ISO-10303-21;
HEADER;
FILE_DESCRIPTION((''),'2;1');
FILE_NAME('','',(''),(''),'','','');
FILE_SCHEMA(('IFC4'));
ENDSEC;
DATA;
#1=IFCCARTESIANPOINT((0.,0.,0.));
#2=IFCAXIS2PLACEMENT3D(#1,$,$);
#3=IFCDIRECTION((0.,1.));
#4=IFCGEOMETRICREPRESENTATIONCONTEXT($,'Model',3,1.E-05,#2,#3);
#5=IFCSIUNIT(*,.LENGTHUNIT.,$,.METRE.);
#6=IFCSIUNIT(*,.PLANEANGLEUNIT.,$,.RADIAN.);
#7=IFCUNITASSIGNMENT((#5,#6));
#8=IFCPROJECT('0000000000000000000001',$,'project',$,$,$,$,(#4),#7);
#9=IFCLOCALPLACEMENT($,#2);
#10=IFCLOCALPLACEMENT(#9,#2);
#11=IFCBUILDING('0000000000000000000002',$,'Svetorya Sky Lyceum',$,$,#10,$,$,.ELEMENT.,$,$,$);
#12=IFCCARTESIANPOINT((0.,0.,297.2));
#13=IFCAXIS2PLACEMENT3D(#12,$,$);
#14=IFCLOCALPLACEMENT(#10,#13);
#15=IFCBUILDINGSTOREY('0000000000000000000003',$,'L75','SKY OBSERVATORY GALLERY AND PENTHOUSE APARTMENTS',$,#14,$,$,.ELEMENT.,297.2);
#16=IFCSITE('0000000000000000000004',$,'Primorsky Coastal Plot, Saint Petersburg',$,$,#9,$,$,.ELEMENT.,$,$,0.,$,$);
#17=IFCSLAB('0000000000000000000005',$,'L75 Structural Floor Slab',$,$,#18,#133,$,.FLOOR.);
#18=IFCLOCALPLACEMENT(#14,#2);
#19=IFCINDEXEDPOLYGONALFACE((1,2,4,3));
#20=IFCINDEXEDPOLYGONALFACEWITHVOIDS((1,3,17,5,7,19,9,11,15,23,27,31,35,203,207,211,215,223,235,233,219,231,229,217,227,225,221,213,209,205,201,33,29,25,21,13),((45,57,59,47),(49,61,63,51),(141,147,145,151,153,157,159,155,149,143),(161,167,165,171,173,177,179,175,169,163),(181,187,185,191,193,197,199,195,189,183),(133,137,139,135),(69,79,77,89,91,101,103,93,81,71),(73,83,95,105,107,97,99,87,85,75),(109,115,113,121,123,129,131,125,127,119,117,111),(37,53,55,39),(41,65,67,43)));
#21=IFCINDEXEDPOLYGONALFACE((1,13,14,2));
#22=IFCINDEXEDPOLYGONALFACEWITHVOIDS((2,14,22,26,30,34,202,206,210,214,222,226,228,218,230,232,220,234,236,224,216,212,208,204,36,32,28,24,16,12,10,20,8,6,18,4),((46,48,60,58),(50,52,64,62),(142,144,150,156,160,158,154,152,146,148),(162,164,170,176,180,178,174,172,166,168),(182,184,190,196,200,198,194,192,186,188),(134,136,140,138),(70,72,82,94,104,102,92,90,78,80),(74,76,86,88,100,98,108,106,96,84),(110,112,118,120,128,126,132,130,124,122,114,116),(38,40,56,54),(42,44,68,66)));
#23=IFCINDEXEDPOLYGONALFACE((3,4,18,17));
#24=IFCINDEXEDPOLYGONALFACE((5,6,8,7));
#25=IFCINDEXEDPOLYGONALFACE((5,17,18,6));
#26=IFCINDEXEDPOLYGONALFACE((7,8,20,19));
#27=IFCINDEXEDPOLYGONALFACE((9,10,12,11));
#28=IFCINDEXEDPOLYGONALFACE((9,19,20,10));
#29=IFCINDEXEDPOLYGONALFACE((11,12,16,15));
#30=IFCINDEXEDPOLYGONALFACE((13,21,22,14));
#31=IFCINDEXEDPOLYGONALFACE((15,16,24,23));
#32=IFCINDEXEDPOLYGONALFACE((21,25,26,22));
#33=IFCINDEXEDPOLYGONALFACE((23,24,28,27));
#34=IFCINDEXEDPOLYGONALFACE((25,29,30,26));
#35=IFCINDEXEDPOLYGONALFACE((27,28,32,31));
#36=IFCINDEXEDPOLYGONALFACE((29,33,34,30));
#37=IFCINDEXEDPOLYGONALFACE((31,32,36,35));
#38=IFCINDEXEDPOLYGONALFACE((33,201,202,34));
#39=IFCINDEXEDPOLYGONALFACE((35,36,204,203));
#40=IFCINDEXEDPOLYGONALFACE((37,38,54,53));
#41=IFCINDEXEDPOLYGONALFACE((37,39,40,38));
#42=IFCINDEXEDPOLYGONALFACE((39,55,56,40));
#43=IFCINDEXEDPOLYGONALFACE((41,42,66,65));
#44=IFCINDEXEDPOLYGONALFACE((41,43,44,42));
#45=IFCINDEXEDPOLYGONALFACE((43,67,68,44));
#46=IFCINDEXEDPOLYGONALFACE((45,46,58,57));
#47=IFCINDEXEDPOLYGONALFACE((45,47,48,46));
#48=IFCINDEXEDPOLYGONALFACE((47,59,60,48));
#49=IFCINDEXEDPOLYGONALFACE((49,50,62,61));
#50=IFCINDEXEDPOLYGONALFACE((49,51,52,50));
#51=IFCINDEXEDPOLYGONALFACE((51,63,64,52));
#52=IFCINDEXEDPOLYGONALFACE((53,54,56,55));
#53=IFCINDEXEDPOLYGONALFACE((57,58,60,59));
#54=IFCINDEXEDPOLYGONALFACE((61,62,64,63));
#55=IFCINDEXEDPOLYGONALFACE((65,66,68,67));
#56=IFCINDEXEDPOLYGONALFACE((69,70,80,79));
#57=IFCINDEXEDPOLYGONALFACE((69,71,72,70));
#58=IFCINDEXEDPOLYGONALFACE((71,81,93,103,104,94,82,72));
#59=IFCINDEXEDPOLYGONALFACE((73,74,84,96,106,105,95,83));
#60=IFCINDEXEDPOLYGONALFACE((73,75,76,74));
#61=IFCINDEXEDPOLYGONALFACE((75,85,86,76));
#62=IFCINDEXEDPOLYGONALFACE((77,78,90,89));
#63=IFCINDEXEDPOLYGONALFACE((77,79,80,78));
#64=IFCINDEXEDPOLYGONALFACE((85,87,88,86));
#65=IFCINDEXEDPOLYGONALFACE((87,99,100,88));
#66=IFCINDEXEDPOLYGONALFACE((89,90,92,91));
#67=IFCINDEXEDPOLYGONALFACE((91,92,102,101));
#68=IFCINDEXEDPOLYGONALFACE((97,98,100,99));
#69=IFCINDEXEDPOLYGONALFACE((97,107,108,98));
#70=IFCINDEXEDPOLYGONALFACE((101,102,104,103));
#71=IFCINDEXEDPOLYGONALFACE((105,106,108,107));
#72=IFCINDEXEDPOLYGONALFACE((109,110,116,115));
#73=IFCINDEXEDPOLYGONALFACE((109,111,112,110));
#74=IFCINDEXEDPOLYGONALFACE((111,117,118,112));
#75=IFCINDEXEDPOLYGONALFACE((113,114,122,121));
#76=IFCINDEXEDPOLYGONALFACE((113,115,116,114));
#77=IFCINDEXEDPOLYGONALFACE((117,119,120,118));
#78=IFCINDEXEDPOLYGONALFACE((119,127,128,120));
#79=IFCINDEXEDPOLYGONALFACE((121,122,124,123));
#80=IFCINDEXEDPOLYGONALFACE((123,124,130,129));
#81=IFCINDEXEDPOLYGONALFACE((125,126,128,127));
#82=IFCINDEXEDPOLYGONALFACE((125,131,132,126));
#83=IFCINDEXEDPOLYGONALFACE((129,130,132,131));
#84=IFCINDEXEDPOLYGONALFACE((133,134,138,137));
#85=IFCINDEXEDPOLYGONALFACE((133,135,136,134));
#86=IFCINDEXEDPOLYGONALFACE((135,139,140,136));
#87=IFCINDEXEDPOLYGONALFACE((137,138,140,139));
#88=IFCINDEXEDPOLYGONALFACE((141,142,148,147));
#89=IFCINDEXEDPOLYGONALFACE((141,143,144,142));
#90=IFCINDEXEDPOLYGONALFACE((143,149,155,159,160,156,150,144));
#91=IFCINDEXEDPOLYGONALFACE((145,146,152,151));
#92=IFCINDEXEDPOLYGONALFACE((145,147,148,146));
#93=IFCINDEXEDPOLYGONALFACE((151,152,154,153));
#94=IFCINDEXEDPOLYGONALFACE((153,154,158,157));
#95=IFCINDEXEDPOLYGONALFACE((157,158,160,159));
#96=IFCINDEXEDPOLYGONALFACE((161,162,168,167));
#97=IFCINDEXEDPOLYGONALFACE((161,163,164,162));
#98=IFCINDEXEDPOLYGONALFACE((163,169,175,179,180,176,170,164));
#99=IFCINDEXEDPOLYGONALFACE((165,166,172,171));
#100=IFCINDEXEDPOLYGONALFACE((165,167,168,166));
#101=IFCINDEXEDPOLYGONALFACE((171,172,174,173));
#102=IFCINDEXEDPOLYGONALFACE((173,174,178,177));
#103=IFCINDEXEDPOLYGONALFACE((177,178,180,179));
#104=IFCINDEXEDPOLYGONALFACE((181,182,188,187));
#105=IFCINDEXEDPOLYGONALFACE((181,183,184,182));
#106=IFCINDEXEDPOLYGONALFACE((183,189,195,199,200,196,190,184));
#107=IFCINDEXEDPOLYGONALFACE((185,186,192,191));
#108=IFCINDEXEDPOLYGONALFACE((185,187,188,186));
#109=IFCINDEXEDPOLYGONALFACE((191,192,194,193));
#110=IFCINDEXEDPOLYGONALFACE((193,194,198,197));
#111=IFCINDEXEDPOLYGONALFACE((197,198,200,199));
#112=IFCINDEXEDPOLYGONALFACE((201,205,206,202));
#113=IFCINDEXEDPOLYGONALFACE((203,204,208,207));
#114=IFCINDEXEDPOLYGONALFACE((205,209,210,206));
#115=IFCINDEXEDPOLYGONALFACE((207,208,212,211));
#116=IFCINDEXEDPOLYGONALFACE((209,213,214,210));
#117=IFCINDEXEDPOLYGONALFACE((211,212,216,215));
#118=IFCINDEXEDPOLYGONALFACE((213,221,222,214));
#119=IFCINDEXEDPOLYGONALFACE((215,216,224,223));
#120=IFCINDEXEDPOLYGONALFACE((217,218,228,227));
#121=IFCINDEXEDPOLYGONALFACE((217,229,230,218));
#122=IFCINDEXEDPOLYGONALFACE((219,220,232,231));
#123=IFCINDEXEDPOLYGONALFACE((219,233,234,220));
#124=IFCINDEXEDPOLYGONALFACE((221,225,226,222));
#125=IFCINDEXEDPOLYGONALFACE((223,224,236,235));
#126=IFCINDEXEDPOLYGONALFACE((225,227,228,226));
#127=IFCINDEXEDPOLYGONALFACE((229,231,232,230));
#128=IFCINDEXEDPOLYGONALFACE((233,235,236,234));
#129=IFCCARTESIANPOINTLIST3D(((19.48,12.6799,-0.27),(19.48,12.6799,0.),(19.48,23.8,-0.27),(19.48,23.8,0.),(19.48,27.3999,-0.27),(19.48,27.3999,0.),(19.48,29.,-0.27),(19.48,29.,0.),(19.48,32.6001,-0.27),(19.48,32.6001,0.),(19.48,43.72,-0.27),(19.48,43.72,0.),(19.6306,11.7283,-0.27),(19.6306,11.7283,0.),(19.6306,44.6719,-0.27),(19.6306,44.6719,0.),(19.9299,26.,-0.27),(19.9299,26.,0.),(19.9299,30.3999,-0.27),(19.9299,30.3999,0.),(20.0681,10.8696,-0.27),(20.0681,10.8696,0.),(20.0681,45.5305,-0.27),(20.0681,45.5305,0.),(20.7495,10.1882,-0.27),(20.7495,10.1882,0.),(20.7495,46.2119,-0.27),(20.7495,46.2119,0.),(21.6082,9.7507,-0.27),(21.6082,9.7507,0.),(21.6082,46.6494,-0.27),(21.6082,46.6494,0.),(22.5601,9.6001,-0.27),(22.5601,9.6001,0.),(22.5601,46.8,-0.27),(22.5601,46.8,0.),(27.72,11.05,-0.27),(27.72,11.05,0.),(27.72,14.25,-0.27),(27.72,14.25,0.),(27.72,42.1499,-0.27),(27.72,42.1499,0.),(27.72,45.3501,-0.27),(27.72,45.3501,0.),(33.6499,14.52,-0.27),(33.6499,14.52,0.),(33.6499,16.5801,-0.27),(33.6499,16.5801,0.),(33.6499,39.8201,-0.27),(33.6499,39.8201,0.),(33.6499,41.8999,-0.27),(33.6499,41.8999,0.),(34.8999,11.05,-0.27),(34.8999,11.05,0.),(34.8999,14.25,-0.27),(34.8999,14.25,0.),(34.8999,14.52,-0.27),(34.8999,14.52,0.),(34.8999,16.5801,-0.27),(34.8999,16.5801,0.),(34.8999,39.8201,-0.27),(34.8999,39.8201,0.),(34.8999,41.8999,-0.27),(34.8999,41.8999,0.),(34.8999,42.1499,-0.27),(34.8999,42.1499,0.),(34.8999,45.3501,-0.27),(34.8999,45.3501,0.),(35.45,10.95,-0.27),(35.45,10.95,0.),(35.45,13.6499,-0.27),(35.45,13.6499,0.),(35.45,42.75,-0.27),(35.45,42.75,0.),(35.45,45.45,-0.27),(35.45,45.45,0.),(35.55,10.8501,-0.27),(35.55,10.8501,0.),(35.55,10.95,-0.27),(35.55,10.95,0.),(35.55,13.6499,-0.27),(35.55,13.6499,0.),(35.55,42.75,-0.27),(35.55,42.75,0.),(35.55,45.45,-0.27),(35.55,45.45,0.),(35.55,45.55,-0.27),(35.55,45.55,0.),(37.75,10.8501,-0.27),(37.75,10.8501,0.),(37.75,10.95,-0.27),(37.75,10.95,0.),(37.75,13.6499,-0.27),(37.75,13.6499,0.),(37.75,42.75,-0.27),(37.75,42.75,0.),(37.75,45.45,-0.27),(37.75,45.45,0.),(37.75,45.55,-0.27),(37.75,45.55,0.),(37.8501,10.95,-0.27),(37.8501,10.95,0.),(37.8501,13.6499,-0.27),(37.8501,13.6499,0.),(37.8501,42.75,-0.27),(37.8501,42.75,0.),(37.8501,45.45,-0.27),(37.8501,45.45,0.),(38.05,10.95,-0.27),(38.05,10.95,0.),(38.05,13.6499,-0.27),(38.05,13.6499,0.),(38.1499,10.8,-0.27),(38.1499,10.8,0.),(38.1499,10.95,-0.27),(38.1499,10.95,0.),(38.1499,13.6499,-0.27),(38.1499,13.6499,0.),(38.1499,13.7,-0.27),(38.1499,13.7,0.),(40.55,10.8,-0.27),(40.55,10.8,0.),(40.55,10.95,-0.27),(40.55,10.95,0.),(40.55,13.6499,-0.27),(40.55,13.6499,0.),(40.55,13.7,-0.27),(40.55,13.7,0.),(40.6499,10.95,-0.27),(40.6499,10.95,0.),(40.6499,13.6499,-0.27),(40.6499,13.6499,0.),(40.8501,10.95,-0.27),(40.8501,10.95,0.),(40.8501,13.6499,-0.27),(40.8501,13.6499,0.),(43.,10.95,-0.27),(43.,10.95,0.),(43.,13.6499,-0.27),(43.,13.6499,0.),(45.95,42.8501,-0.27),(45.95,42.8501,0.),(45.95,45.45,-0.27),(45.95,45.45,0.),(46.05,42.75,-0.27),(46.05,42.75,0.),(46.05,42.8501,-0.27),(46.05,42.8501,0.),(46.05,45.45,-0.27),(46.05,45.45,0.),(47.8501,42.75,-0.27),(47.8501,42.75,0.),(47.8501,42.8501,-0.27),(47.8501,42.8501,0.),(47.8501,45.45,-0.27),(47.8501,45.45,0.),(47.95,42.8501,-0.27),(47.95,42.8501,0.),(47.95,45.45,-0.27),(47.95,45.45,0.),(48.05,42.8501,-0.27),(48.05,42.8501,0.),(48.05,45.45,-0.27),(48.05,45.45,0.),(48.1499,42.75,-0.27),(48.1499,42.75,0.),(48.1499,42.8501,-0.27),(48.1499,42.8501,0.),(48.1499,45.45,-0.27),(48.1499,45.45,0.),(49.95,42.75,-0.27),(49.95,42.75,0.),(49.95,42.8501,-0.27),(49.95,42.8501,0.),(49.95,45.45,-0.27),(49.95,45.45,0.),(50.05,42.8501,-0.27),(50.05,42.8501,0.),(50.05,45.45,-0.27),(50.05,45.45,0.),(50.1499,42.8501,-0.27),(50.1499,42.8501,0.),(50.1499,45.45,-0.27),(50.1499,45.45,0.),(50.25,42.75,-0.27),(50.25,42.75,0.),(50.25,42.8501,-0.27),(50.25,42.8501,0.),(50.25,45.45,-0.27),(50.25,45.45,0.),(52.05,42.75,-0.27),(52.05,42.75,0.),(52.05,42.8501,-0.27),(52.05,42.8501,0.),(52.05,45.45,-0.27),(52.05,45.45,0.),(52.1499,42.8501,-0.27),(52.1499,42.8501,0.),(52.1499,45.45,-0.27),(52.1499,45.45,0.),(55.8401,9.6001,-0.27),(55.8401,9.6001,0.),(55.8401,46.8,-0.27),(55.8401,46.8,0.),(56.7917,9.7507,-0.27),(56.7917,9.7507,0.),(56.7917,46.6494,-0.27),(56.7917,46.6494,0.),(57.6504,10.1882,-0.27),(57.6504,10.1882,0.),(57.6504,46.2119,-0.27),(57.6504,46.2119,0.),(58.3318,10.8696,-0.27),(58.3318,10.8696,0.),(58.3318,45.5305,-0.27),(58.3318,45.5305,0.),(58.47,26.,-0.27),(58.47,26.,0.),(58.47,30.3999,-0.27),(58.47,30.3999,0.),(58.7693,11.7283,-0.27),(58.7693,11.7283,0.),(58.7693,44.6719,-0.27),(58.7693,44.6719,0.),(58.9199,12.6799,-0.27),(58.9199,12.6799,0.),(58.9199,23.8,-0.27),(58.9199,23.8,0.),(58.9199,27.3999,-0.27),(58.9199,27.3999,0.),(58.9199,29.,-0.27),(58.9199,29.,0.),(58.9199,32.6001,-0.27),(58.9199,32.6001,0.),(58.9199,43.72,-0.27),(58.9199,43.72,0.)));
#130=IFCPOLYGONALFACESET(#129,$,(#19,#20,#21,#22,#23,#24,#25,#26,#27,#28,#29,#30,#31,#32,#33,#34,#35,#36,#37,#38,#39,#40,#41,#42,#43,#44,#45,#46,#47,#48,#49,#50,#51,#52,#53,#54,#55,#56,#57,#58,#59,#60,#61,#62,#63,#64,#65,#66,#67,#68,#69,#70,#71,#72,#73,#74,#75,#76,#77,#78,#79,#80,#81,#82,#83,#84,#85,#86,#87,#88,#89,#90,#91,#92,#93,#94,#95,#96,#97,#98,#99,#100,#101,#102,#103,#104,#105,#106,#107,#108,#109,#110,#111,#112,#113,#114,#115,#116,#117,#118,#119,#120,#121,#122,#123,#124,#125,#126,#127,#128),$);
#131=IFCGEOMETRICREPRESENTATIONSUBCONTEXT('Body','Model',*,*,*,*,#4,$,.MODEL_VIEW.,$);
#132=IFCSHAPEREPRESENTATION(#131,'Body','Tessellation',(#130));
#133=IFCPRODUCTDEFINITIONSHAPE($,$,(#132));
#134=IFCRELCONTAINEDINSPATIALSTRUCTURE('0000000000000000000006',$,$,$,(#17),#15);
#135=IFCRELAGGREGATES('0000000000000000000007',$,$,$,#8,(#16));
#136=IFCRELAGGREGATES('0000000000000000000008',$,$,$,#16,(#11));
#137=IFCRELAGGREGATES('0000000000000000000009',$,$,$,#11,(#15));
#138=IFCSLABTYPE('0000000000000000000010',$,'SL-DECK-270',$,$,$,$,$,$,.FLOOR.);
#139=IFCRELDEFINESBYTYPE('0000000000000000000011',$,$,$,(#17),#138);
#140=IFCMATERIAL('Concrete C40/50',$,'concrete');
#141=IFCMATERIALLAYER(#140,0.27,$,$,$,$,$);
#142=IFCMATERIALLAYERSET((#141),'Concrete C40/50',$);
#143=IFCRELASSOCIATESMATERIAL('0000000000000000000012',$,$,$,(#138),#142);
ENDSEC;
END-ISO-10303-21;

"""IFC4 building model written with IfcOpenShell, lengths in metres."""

from ifc_helpers import new_model, si_unit, direction, frame, origin, place, context, subcontext, project, spatial, polyline, outline, extrude, material, layer, layer_set, type_object, element, save


model = new_model("IFC4")

# Units and contexts
model_context = context("Model", 3, precision=1e-05, world=origin(), true_north=direction((0.0, 1.0)))
body_context = subcontext(model_context, "Body", "Model", "MODEL_VIEW")
ifc_project = project(units=[si_unit("LENGTHUNIT", "METRE"), si_unit("PLANEANGLEUNIT", "RADIAN")], contexts=[model_context])

# Site, building, storey
site_placement = place(None, origin())
site = spatial("IfcSite", under=ifc_project, at=site_placement, Name="Primorsky Coastal Plot, Saint Petersburg", CompositionType="ELEMENT", RefElevation=0.0)
building_placement = place(site_placement, origin())
building = spatial("IfcBuilding", under=site, at=building_placement, Name="Svetorya Sky Lyceum", CompositionType="ELEMENT")
storey_placement = place(building_placement, frame((0.0, 0.0, 297.2)))
storey = spatial("IfcBuildingStorey", under=building, at=storey_placement, Name="L75", Description="SKY OBSERVATORY GALLERY AND PENTHOUSE APARTMENTS", CompositionType="ELEMENT", Elevation=297.2)

# Shared definitions
ifc_material_1 = material(Name="Concrete C40/50", Category="concrete")

# Slab
ifc_layer_1 = layer(ifc_material_1, 0.27)
ifc_layer_set_1 = layer_set([ifc_layer_1], Name="Concrete C40/50")
slab_type_1 = type_object("IfcSlabType", Name="SL-DECK-270", PredefinedType="FLOOR", material=ifc_layer_set_1)
slab_1_placement = place(storey_placement, frame((0.0, 0.0, -0.27)))
element("IfcSlab", 1, at=slab_1_placement, inside=storey, type_object=slab_type_1, Name="L75 Structural Floor Slab", PredefinedType="FLOOR", context=body_context, shape_type="SweptSolid", body=[
    extrude(outline(polyline([(19.48, 12.6799), (19.6306, 11.7283), (20.0681, 10.8696), (20.7495, 10.1882), (21.6082, 9.7507), (22.5601, 9.6001), (55.8401, 9.6001), (56.7917, 9.7507), (57.6504, 10.1882), (58.3318, 10.8696), (58.7693, 11.7283), (58.9199, 12.6799), (58.9199, 23.8), (58.47, 26.0), (58.9199, 27.3999), (58.9199, 29.0), (58.47, 30.3999), (58.9199, 32.6001), (58.9199, 43.72), (58.7693, 44.6719), (58.3318, 45.5305), (57.6504, 46.2119), (56.7917, 46.6494), (55.8401, 46.8), (22.5601, 46.8), (21.6082, 46.6494), (20.7495, 46.2119), (20.0681, 45.5305), (19.6306, 44.6719), (19.48, 43.72), (19.48, 32.6001), (19.9299, 30.3999), (19.48, 29.0), (19.48, 27.3999), (19.9299, 26.0), (19.48, 23.8), (19.48, 12.6799)]), holes=[polyline([(37.8501, 10.95), (37.75, 10.95), (37.75, 10.8501), (35.55, 10.8501), (35.55, 10.95), (35.45, 10.95), (35.45, 13.6499), (35.55, 13.6499), (37.75, 13.6499), (37.8501, 13.6499), (37.8501, 10.95)]), polyline([(38.1499, 10.8), (38.1499, 10.95), (38.05, 10.95), (38.05, 13.6499), (38.1499, 13.6499), (38.1499, 13.7), (40.55, 13.7), (40.55, 13.6499), (40.6499, 13.6499), (40.6499, 10.95), (40.55, 10.95), (40.55, 10.8), (38.1499, 10.8)]), polyline([(27.72, 11.05), (27.72, 14.25), (34.8999, 14.25), (34.8999, 11.05), (27.72, 11.05)]), polyline([(33.6499, 14.52), (33.6499, 16.5801), (34.8999, 16.5801), (34.8999, 14.52), (33.6499, 14.52)]), polyline([(33.6499, 39.8201), (33.6499, 41.8999), (34.8999, 41.8999), (34.8999, 39.8201), (33.6499, 39.8201)]), polyline([(27.72, 42.1499), (27.72, 45.3501), (34.8999, 45.3501), (34.8999, 42.1499), (27.72, 42.1499)]), polyline([(37.75, 42.75), (35.55, 42.75), (35.45, 42.75), (35.45, 45.45), (35.55, 45.45), (35.55, 45.55), (37.75, 45.55), (37.75, 45.45), (37.8501, 45.45), (37.8501, 42.75), (37.75, 42.75)]), polyline([(40.8501, 10.95), (40.8501, 13.6499), (43.0, 13.6499), (43.0, 10.95), (40.8501, 10.95)]), polyline([(46.05, 42.75), (46.05, 42.8501), (45.95, 42.8501), (45.95, 45.45), (46.05, 45.45), (47.8501, 45.45), (47.95, 45.45), (47.95, 42.8501), (47.8501, 42.8501), (47.8501, 42.75), (46.05, 42.75)]), polyline([(50.05, 42.8501), (49.95, 42.8501), (49.95, 42.75), (48.1499, 42.75), (48.1499, 42.8501), (48.05, 42.8501), (48.05, 45.45), (48.1499, 45.45), (49.95, 45.45), (50.05, 45.45), (50.05, 42.8501)]), polyline([(52.1499, 42.8501), (52.05, 42.8501), (52.05, 42.75), (50.25, 42.75), (50.25, 42.8501), (50.1499, 42.8501), (50.1499, 45.45), (50.25, 45.45), (52.05, 45.45), (52.1499, 45.45), (52.1499, 42.8501)])]), origin(), (0.0, 0.0, 1.0), 0.27),
])

save(model, "model.ifc")
